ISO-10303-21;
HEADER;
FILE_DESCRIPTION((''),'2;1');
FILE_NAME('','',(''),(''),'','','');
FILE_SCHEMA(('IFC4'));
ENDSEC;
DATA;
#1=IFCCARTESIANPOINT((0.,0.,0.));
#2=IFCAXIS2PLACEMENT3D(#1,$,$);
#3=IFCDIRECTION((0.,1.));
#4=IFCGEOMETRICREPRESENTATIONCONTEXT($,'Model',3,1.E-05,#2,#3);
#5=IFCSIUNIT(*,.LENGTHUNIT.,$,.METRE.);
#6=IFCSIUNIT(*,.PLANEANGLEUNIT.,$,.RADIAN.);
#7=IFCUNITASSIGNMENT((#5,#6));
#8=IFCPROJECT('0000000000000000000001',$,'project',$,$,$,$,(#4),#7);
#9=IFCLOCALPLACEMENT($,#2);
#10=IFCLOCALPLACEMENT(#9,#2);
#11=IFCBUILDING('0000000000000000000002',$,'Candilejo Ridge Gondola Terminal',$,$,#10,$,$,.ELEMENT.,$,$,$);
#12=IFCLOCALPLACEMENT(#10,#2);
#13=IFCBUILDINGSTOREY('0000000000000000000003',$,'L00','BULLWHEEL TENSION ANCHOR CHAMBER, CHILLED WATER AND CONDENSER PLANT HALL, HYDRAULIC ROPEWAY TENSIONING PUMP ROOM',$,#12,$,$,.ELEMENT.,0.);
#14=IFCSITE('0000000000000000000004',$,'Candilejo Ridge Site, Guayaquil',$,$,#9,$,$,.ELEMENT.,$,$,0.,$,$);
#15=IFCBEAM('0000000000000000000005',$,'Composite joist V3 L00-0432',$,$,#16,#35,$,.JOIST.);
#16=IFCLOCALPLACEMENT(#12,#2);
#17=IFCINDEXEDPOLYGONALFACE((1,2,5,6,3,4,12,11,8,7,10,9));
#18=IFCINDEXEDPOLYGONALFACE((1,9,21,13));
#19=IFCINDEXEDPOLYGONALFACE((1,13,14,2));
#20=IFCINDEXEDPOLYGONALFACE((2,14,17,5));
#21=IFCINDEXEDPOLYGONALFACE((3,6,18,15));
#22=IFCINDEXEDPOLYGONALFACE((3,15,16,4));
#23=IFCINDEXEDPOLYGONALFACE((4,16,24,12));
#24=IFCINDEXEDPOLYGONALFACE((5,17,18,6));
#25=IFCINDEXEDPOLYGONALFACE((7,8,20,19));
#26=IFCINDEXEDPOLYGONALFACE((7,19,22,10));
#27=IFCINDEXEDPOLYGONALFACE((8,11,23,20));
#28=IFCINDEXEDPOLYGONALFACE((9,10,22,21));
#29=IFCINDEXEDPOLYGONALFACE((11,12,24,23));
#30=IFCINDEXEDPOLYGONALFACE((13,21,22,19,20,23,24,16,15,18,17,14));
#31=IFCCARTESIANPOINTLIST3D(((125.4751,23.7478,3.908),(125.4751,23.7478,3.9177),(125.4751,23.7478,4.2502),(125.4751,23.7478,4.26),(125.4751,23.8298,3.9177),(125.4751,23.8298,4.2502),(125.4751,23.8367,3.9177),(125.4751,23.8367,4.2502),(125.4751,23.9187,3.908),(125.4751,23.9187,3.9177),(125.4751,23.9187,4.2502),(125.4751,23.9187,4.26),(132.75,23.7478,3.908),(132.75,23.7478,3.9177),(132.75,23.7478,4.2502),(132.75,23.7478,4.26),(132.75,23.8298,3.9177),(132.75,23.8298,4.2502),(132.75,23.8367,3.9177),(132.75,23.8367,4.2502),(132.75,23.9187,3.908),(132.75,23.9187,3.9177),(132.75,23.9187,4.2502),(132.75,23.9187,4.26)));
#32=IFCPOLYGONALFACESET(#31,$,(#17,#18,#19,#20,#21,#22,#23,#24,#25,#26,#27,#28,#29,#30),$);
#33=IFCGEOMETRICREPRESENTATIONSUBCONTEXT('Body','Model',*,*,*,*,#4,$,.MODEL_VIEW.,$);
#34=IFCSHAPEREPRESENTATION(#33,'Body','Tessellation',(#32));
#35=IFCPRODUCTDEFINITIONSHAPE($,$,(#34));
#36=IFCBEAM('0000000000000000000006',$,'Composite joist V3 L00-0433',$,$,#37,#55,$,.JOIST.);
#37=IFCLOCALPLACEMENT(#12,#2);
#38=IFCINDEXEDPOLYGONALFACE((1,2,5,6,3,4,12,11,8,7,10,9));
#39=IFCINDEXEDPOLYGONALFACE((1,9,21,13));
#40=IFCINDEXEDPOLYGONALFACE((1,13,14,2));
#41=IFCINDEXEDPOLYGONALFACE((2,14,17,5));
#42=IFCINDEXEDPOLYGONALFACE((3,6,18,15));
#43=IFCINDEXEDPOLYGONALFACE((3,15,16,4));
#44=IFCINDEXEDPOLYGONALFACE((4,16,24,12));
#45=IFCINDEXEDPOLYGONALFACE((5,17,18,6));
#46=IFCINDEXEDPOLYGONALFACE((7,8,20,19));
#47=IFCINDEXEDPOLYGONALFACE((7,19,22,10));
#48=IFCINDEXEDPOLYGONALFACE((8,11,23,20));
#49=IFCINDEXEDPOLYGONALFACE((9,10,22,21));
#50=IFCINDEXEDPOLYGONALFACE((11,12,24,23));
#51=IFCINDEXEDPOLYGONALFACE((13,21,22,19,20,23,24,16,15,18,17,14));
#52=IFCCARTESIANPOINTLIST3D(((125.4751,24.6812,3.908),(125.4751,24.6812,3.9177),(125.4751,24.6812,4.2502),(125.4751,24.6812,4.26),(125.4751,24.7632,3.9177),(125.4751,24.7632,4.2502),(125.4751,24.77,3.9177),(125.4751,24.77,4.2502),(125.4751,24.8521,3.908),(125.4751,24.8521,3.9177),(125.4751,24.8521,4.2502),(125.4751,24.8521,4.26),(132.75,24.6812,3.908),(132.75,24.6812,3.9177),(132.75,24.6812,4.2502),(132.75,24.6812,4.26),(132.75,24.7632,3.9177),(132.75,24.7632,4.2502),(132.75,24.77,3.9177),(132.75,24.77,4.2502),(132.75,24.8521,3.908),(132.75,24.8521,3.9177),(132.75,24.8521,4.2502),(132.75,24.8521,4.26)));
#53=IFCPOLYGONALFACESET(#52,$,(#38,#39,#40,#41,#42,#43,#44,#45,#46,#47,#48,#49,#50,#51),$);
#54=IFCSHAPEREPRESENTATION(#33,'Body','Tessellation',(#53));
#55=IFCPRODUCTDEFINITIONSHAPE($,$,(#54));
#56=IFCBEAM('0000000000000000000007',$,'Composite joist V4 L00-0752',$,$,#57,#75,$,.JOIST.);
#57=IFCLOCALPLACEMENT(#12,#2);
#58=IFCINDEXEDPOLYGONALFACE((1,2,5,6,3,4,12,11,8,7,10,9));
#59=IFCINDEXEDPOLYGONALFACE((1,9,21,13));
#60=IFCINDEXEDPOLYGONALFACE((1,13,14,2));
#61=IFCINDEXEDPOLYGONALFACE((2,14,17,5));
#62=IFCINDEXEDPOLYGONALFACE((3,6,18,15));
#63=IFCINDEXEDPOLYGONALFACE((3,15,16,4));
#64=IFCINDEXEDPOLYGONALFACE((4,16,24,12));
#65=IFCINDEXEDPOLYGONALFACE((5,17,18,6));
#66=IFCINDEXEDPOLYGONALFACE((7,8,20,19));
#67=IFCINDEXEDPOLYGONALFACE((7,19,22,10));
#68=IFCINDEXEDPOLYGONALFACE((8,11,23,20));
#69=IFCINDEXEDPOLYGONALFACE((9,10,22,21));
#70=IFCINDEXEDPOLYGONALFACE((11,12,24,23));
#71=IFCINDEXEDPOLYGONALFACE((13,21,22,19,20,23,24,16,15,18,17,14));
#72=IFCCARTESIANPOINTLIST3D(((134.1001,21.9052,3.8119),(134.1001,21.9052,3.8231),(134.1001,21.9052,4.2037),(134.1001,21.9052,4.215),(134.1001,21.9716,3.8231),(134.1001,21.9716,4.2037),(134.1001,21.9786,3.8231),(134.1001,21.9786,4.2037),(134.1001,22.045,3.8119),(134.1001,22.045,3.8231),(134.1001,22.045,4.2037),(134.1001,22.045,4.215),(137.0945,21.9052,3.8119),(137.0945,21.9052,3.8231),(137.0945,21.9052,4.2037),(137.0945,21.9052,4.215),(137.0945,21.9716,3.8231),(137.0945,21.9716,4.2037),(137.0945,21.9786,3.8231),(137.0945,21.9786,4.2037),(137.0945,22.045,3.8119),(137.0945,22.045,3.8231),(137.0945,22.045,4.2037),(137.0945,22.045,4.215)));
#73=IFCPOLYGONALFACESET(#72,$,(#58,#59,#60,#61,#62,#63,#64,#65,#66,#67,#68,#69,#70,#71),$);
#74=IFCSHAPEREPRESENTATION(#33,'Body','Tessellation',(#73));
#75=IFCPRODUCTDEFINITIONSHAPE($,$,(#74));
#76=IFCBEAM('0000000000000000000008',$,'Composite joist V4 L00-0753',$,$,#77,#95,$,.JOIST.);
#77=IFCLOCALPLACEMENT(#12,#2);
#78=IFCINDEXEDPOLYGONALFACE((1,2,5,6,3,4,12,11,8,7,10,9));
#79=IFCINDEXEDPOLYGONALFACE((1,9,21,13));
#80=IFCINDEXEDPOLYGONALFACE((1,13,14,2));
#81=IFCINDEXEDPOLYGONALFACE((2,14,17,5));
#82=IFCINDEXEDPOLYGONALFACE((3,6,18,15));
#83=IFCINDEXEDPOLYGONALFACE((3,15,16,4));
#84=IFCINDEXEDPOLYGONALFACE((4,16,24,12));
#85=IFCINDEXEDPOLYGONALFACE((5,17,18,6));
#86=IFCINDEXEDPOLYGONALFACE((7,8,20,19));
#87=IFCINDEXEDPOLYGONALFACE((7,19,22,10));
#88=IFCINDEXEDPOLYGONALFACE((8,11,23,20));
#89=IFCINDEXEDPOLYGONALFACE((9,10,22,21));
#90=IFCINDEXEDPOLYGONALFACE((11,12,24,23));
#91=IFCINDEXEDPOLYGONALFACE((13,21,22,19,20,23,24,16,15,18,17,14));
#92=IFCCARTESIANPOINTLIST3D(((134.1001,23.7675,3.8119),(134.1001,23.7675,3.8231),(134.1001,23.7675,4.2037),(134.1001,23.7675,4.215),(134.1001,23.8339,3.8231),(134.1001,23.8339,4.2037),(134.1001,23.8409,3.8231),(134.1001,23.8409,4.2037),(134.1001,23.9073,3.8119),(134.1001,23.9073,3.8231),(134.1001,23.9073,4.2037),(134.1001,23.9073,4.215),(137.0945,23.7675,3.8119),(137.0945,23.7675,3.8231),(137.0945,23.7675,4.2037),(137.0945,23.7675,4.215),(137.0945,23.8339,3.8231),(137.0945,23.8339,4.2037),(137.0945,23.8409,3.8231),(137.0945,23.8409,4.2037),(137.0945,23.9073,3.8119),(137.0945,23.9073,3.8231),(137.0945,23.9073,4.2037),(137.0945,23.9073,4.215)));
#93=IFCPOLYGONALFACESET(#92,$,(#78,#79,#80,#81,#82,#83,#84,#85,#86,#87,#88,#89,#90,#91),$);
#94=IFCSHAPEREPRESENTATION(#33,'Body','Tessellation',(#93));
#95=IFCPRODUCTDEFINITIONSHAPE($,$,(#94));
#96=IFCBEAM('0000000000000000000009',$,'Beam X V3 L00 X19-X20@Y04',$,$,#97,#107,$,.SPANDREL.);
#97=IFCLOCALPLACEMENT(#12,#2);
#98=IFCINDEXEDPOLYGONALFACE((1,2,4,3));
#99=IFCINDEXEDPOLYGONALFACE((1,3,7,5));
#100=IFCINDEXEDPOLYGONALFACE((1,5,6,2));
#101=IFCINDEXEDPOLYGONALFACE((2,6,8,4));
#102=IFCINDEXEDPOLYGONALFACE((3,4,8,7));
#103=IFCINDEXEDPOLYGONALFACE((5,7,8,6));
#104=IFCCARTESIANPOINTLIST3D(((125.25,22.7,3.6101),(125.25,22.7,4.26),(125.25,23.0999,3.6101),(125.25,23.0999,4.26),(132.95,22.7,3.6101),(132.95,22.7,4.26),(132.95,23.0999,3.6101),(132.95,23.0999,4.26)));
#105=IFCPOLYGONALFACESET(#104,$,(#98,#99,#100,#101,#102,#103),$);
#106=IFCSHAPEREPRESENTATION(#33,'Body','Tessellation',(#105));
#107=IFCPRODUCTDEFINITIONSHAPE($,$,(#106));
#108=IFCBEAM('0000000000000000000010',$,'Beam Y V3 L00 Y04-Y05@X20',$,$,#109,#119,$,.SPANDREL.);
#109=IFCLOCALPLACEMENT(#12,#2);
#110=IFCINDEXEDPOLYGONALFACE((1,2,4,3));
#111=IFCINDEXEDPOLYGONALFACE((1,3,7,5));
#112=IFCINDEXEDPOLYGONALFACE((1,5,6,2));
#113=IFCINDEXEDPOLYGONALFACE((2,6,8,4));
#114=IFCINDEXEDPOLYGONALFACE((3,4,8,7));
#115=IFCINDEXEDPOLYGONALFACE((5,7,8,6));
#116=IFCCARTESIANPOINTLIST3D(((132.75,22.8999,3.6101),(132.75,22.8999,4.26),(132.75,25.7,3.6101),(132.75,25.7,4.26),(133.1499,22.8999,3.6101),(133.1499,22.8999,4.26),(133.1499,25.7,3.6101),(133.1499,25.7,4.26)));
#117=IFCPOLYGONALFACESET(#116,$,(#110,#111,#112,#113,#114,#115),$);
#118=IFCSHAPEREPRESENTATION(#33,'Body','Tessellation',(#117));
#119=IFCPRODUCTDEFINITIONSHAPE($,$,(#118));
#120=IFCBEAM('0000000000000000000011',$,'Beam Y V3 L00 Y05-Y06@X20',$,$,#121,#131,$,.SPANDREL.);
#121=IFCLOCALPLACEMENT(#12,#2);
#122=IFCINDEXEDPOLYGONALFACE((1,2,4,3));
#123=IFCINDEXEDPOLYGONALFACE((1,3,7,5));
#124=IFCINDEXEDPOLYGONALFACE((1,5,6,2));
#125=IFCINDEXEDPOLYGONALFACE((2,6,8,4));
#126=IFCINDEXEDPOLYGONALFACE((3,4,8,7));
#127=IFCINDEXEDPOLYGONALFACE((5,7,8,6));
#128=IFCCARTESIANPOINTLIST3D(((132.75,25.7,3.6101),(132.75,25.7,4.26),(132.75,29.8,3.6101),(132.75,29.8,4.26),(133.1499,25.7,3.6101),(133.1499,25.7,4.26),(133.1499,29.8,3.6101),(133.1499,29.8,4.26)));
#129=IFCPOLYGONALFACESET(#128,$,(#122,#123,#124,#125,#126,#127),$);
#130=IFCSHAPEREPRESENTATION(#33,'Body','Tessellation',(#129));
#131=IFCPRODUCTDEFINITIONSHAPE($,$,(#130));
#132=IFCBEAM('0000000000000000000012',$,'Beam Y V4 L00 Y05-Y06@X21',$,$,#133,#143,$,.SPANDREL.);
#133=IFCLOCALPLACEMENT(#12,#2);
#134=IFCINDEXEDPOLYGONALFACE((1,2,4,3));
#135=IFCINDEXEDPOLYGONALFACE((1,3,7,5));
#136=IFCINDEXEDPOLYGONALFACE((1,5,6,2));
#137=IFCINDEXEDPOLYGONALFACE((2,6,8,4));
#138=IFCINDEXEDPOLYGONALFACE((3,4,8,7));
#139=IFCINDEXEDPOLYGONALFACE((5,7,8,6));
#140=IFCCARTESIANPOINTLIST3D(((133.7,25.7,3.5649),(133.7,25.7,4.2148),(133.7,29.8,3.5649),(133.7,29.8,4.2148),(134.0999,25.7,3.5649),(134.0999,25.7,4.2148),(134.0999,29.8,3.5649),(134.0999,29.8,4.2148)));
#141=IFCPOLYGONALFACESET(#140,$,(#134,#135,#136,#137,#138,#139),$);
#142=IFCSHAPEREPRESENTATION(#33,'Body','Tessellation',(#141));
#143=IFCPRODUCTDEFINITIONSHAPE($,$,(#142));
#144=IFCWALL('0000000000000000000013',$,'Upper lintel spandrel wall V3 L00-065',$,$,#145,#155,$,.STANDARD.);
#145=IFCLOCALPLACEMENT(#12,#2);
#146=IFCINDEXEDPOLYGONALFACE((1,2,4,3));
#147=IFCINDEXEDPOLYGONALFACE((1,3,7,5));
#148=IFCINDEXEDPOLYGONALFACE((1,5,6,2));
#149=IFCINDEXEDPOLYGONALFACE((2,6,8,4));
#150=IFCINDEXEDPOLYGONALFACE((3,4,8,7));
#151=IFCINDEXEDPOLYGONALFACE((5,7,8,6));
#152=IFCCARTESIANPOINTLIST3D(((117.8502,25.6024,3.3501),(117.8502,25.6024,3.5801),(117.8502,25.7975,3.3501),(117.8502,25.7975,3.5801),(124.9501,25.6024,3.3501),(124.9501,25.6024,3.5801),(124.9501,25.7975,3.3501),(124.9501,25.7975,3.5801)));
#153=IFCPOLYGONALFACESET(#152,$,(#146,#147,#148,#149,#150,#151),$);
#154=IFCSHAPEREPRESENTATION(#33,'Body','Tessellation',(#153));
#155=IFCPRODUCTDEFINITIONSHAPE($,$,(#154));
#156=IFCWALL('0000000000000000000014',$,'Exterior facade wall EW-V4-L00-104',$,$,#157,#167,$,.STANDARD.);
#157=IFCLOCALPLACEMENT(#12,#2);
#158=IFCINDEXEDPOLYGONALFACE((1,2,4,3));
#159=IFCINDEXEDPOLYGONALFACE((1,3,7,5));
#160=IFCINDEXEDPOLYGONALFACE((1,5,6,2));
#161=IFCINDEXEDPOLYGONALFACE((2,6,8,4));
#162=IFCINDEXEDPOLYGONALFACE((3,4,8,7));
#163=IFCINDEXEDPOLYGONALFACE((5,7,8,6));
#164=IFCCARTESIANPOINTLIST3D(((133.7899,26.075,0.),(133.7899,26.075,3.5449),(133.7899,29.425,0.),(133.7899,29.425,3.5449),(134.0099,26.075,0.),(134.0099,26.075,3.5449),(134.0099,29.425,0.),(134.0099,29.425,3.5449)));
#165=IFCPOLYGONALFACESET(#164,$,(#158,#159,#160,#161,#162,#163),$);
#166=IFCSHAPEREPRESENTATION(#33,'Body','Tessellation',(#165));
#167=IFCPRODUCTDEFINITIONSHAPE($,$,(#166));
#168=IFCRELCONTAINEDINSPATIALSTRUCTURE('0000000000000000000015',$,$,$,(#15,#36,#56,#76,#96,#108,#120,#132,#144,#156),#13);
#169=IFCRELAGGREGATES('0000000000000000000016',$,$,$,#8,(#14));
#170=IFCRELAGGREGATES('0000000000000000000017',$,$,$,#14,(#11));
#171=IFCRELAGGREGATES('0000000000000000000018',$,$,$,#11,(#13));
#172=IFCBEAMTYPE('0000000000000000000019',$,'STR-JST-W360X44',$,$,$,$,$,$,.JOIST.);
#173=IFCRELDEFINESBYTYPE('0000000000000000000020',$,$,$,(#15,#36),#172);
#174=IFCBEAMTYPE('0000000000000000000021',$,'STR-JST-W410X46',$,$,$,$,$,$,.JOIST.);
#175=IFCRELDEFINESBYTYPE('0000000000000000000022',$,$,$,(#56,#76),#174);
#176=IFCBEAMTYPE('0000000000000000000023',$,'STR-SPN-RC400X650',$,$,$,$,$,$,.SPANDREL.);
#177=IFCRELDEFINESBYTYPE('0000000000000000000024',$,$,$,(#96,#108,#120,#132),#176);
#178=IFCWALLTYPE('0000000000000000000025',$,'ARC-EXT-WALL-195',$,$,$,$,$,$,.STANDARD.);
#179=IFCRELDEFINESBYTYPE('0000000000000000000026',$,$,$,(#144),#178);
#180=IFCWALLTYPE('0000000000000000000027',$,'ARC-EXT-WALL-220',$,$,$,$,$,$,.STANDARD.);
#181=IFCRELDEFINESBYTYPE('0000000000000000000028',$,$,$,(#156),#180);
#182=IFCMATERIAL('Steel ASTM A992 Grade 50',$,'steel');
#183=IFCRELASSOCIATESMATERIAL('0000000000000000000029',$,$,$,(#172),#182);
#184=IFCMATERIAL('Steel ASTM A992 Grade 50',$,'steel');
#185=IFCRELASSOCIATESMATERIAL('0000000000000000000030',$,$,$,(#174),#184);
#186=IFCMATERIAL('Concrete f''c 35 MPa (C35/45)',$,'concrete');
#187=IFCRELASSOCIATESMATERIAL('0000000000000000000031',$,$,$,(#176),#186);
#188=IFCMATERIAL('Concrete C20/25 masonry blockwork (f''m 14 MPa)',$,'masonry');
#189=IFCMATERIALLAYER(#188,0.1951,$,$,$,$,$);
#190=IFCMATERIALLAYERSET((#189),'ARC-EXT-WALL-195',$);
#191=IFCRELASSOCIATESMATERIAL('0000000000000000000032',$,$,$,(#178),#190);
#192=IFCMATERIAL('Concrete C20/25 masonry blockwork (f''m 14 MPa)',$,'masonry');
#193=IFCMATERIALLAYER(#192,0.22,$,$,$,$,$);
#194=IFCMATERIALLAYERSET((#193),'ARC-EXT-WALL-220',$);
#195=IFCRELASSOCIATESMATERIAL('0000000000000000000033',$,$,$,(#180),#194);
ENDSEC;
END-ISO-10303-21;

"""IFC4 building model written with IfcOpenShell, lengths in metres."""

from ifc_helpers import new_model, si_unit, direction, frame, frame_2d, origin, origin_2d, place, context, subcontext, project, spatial, rectangle, i_section, extrude, material, layer, layer_set, material_profile, profile_set, type_object, element, save


model = new_model("IFC4")

# Units and contexts
model_context = context("Model", 3, precision=1e-05, world=origin(), true_north=direction((0.0, 1.0)))
body_context = subcontext(model_context, "Body", "Model", "MODEL_VIEW")
ifc_project = project(units=[si_unit("LENGTHUNIT", "METRE"), si_unit("PLANEANGLEUNIT", "RADIAN")], contexts=[model_context])

# Site, building, storey
site_placement = place(None, origin())
site = spatial("IfcSite", under=ifc_project, at=site_placement, Name="Candilejo Ridge Site, Guayaquil", CompositionType="ELEMENT", RefElevation=0.0)
building_placement = place(site_placement, origin())
building = spatial("IfcBuilding", under=site, at=building_placement, Name="Candilejo Ridge Gondola Terminal", CompositionType="ELEMENT")
storey_placement = place(building_placement, origin())
storey = spatial("IfcBuildingStorey", under=building, at=storey_placement, Name="L00", Description="BULLWHEEL TENSION ANCHOR CHAMBER, CHILLED WATER AND CONDENSER PLANT HALL, HYDRAULIC ROPEWAY TENSIONING PUMP ROOM", CompositionType="ELEMENT", Elevation=0.0)

# Beams
ifc_material_1 = material(Name="Steel ASTM A992 Grade 50", Category="steel")
ifc_material_profile_1 = material_profile(ifc_material_1, i_section(OverallWidth=0.1709, OverallDepth=0.3521, WebThickness=0.0068, FlangeThickness=0.0098, at=origin_2d()))
ifc_profile_set_1 = profile_set([ifc_material_profile_1], Name="Steel ASTM A992 Grade 50")
beam_type_1 = type_object("IfcBeamType", Name="STR-JST-W360X44", PredefinedType="JOIST", material=ifc_profile_set_1)
for number, where, z_axis, x_axis, name in (
    (1, (125.4751, 23.8333, 4.084), (1.0, 0.0, 0.0), (0.0, 1.0, 0.0), "Composite joist V3 L00-0432"),
    (2, (125.4751, 24.7666, 4.084), (1.0, 0.0, 0.0), (0.0, 1.0, 0.0), "Composite joist V3 L00-0433"),
):
    element("IfcBeam", number, at=place(storey_placement, frame(where, z_axis=z_axis, x_axis=x_axis)), inside=storey, type_object=beam_type_1, Name=name, PredefinedType="JOIST", context=body_context, shape_type="SweptSolid", body=[
        extrude(i_section(OverallWidth=0.1709, OverallDepth=0.3521, WebThickness=0.0068, FlangeThickness=0.0098, at=origin_2d()), origin(), (0.0, 0.0, 1.0), 7.2749),
    ])
ifc_material_2 = material(Name="Steel ASTM A992 Grade 50", Category="steel")
ifc_material_profile_2 = material_profile(ifc_material_2, i_section(OverallWidth=0.1399, OverallDepth=0.4031, WebThickness=0.0071, FlangeThickness=0.0112, at=origin_2d()))
ifc_profile_set_2 = profile_set([ifc_material_profile_2], Name="Steel ASTM A992 Grade 50")
beam_type_2 = type_object("IfcBeamType", Name="STR-JST-W410X46", PredefinedType="JOIST", material=ifc_profile_set_2)
for number, where, z_axis, x_axis, name in (
    (3, (134.1001, 21.9751, 4.0134), (1.0, 0.0, 0.0), (0.0, 1.0, 0.0), "Composite joist V4 L00-0752"),
    (4, (134.1001, 23.8374, 4.0134), (1.0, 0.0, 0.0), (0.0, 1.0, 0.0), "Composite joist V4 L00-0753"),
):
    element("IfcBeam", number, at=place(storey_placement, frame(where, z_axis=z_axis, x_axis=x_axis)), inside=storey, type_object=beam_type_2, Name=name, PredefinedType="JOIST", context=body_context, shape_type="SweptSolid", body=[
        extrude(i_section(OverallWidth=0.1399, OverallDepth=0.4031, WebThickness=0.0071, FlangeThickness=0.0112, at=origin_2d()), origin(), (0.0, 0.0, 1.0), 2.9944),
    ])
ifc_material_3 = material(Name="Concrete f'c 35 MPa (C35/45)", Category="concrete")
ifc_material_profile_3 = material_profile(ifc_material_3, rectangle(XDim=0.3999, YDim=0.6499, at=origin_2d()))
ifc_profile_set_3 = profile_set([ifc_material_profile_3], Name="Concrete f'c 35 MPa (C35/45)")
beam_type_3 = type_object("IfcBeamType", Name="STR-SPN-RC400X650", PredefinedType="SPANDREL", material=ifc_profile_set_3)
beam_1_placement = place(storey_placement, frame((125.25, 22.8999, 3.9351), z_axis=(1.0, 0.0, 0.0), x_axis=(0.0, 1.0, 0.0)))
element("IfcBeam", 5, at=beam_1_placement, inside=storey, type_object=beam_type_3, Name="Beam X V3 L00 X19-X20@Y04", PredefinedType="SPANDREL", context=body_context, shape_type="SweptSolid", body=[
    extrude(rectangle(XDim=0.3999, YDim=0.6499, at=origin_2d()), origin(), (0.0, 0.0, 1.0), 7.7),
])
beam_2_placement = place(storey_placement, frame((132.95, 22.8999, 3.9351), z_axis=(0.0, 1.0, 0.0), x_axis=(-1.0, 0.0, 0.0)))
element("IfcBeam", 6, at=beam_2_placement, inside=storey, type_object=beam_type_3, Name="Beam Y V3 L00 Y04-Y05@X20", PredefinedType="SPANDREL", context=body_context, shape_type="SweptSolid", body=[
    extrude(rectangle(XDim=0.3999, YDim=0.6499, at=origin_2d()), origin(), (0.0, 0.0, 1.0), 2.8),
])
for number, where, z_axis, x_axis, name in (
    (7, (132.95, 25.7, 3.9351), (0.0, 1.0, 0.0), (-1.0, 0.0, 0.0), "Beam Y V3 L00 Y05-Y06@X20"),
    (8, (133.8999, 25.7, 3.8899), (0.0, 1.0, 0.0), (-1.0, 0.0, 0.0), "Beam Y V4 L00 Y05-Y06@X21"),
):
    element("IfcBeam", number, at=place(storey_placement, frame(where, z_axis=z_axis, x_axis=x_axis)), inside=storey, type_object=beam_type_3, Name=name, PredefinedType="SPANDREL", context=body_context, shape_type="SweptSolid", body=[
        extrude(rectangle(XDim=0.3999, YDim=0.6499, at=origin_2d()), origin(), (0.0, 0.0, 1.0), 4.1001),
    ])

# Walls
ifc_material_4 = material(Name="Concrete C20/25 masonry blockwork (f'm 14 MPa)", Category="masonry")
ifc_layer_1 = layer(ifc_material_4, 0.1951)
ifc_layer_set_1 = layer_set([ifc_layer_1], Name="ARC-EXT-WALL-195")
wall_type_1 = type_object("IfcWallType", Name="ARC-EXT-WALL-195", PredefinedType="STANDARD", material=ifc_layer_set_1)
wall_1_placement = place(storey_placement, frame((124.95, 25.7, 3.3501), z_axis=(0.0, 0.0, 1.0), x_axis=(-1.0, 0.0, 0.0)))
element("IfcWall", 9, at=wall_1_placement, inside=storey, type_object=wall_type_1, Name="Upper lintel spandrel wall V3 L00-065", PredefinedType="STANDARD", context=body_context, shape_type="SweptSolid", body=[
    extrude(rectangle(XDim=7.0999, YDim=0.1951, at=frame_2d((3.5498, 0.0))), origin(), (0.0, 0.0, 1.0), 0.23),
])
ifc_material_5 = material(Name="Concrete C20/25 masonry blockwork (f'm 14 MPa)", Category="masonry")
ifc_layer_2 = layer(ifc_material_5, 0.22)
ifc_layer_set_2 = layer_set([ifc_layer_2], Name="ARC-EXT-WALL-220")
wall_type_2 = type_object("IfcWallType", Name="ARC-EXT-WALL-220", PredefinedType="STANDARD", material=ifc_layer_set_2)
wall_2_placement = place(storey_placement, frame((133.8999, 26.075, 0.0), z_axis=(0.0, 0.0, 1.0), x_axis=(0.0, 1.0, 0.0)))
element("IfcWall", 10, at=wall_2_placement, inside=storey, type_object=wall_type_2, Name="Exterior facade wall EW-V4-L00-104", PredefinedType="STANDARD", context=body_context, shape_type="SweptSolid", body=[
    extrude(rectangle(XDim=3.3501, YDim=0.22, at=frame_2d((1.675, 0.0))), origin(), (0.0, 0.0, 1.0), 3.5449),
])

save(model, "model.ifc")
